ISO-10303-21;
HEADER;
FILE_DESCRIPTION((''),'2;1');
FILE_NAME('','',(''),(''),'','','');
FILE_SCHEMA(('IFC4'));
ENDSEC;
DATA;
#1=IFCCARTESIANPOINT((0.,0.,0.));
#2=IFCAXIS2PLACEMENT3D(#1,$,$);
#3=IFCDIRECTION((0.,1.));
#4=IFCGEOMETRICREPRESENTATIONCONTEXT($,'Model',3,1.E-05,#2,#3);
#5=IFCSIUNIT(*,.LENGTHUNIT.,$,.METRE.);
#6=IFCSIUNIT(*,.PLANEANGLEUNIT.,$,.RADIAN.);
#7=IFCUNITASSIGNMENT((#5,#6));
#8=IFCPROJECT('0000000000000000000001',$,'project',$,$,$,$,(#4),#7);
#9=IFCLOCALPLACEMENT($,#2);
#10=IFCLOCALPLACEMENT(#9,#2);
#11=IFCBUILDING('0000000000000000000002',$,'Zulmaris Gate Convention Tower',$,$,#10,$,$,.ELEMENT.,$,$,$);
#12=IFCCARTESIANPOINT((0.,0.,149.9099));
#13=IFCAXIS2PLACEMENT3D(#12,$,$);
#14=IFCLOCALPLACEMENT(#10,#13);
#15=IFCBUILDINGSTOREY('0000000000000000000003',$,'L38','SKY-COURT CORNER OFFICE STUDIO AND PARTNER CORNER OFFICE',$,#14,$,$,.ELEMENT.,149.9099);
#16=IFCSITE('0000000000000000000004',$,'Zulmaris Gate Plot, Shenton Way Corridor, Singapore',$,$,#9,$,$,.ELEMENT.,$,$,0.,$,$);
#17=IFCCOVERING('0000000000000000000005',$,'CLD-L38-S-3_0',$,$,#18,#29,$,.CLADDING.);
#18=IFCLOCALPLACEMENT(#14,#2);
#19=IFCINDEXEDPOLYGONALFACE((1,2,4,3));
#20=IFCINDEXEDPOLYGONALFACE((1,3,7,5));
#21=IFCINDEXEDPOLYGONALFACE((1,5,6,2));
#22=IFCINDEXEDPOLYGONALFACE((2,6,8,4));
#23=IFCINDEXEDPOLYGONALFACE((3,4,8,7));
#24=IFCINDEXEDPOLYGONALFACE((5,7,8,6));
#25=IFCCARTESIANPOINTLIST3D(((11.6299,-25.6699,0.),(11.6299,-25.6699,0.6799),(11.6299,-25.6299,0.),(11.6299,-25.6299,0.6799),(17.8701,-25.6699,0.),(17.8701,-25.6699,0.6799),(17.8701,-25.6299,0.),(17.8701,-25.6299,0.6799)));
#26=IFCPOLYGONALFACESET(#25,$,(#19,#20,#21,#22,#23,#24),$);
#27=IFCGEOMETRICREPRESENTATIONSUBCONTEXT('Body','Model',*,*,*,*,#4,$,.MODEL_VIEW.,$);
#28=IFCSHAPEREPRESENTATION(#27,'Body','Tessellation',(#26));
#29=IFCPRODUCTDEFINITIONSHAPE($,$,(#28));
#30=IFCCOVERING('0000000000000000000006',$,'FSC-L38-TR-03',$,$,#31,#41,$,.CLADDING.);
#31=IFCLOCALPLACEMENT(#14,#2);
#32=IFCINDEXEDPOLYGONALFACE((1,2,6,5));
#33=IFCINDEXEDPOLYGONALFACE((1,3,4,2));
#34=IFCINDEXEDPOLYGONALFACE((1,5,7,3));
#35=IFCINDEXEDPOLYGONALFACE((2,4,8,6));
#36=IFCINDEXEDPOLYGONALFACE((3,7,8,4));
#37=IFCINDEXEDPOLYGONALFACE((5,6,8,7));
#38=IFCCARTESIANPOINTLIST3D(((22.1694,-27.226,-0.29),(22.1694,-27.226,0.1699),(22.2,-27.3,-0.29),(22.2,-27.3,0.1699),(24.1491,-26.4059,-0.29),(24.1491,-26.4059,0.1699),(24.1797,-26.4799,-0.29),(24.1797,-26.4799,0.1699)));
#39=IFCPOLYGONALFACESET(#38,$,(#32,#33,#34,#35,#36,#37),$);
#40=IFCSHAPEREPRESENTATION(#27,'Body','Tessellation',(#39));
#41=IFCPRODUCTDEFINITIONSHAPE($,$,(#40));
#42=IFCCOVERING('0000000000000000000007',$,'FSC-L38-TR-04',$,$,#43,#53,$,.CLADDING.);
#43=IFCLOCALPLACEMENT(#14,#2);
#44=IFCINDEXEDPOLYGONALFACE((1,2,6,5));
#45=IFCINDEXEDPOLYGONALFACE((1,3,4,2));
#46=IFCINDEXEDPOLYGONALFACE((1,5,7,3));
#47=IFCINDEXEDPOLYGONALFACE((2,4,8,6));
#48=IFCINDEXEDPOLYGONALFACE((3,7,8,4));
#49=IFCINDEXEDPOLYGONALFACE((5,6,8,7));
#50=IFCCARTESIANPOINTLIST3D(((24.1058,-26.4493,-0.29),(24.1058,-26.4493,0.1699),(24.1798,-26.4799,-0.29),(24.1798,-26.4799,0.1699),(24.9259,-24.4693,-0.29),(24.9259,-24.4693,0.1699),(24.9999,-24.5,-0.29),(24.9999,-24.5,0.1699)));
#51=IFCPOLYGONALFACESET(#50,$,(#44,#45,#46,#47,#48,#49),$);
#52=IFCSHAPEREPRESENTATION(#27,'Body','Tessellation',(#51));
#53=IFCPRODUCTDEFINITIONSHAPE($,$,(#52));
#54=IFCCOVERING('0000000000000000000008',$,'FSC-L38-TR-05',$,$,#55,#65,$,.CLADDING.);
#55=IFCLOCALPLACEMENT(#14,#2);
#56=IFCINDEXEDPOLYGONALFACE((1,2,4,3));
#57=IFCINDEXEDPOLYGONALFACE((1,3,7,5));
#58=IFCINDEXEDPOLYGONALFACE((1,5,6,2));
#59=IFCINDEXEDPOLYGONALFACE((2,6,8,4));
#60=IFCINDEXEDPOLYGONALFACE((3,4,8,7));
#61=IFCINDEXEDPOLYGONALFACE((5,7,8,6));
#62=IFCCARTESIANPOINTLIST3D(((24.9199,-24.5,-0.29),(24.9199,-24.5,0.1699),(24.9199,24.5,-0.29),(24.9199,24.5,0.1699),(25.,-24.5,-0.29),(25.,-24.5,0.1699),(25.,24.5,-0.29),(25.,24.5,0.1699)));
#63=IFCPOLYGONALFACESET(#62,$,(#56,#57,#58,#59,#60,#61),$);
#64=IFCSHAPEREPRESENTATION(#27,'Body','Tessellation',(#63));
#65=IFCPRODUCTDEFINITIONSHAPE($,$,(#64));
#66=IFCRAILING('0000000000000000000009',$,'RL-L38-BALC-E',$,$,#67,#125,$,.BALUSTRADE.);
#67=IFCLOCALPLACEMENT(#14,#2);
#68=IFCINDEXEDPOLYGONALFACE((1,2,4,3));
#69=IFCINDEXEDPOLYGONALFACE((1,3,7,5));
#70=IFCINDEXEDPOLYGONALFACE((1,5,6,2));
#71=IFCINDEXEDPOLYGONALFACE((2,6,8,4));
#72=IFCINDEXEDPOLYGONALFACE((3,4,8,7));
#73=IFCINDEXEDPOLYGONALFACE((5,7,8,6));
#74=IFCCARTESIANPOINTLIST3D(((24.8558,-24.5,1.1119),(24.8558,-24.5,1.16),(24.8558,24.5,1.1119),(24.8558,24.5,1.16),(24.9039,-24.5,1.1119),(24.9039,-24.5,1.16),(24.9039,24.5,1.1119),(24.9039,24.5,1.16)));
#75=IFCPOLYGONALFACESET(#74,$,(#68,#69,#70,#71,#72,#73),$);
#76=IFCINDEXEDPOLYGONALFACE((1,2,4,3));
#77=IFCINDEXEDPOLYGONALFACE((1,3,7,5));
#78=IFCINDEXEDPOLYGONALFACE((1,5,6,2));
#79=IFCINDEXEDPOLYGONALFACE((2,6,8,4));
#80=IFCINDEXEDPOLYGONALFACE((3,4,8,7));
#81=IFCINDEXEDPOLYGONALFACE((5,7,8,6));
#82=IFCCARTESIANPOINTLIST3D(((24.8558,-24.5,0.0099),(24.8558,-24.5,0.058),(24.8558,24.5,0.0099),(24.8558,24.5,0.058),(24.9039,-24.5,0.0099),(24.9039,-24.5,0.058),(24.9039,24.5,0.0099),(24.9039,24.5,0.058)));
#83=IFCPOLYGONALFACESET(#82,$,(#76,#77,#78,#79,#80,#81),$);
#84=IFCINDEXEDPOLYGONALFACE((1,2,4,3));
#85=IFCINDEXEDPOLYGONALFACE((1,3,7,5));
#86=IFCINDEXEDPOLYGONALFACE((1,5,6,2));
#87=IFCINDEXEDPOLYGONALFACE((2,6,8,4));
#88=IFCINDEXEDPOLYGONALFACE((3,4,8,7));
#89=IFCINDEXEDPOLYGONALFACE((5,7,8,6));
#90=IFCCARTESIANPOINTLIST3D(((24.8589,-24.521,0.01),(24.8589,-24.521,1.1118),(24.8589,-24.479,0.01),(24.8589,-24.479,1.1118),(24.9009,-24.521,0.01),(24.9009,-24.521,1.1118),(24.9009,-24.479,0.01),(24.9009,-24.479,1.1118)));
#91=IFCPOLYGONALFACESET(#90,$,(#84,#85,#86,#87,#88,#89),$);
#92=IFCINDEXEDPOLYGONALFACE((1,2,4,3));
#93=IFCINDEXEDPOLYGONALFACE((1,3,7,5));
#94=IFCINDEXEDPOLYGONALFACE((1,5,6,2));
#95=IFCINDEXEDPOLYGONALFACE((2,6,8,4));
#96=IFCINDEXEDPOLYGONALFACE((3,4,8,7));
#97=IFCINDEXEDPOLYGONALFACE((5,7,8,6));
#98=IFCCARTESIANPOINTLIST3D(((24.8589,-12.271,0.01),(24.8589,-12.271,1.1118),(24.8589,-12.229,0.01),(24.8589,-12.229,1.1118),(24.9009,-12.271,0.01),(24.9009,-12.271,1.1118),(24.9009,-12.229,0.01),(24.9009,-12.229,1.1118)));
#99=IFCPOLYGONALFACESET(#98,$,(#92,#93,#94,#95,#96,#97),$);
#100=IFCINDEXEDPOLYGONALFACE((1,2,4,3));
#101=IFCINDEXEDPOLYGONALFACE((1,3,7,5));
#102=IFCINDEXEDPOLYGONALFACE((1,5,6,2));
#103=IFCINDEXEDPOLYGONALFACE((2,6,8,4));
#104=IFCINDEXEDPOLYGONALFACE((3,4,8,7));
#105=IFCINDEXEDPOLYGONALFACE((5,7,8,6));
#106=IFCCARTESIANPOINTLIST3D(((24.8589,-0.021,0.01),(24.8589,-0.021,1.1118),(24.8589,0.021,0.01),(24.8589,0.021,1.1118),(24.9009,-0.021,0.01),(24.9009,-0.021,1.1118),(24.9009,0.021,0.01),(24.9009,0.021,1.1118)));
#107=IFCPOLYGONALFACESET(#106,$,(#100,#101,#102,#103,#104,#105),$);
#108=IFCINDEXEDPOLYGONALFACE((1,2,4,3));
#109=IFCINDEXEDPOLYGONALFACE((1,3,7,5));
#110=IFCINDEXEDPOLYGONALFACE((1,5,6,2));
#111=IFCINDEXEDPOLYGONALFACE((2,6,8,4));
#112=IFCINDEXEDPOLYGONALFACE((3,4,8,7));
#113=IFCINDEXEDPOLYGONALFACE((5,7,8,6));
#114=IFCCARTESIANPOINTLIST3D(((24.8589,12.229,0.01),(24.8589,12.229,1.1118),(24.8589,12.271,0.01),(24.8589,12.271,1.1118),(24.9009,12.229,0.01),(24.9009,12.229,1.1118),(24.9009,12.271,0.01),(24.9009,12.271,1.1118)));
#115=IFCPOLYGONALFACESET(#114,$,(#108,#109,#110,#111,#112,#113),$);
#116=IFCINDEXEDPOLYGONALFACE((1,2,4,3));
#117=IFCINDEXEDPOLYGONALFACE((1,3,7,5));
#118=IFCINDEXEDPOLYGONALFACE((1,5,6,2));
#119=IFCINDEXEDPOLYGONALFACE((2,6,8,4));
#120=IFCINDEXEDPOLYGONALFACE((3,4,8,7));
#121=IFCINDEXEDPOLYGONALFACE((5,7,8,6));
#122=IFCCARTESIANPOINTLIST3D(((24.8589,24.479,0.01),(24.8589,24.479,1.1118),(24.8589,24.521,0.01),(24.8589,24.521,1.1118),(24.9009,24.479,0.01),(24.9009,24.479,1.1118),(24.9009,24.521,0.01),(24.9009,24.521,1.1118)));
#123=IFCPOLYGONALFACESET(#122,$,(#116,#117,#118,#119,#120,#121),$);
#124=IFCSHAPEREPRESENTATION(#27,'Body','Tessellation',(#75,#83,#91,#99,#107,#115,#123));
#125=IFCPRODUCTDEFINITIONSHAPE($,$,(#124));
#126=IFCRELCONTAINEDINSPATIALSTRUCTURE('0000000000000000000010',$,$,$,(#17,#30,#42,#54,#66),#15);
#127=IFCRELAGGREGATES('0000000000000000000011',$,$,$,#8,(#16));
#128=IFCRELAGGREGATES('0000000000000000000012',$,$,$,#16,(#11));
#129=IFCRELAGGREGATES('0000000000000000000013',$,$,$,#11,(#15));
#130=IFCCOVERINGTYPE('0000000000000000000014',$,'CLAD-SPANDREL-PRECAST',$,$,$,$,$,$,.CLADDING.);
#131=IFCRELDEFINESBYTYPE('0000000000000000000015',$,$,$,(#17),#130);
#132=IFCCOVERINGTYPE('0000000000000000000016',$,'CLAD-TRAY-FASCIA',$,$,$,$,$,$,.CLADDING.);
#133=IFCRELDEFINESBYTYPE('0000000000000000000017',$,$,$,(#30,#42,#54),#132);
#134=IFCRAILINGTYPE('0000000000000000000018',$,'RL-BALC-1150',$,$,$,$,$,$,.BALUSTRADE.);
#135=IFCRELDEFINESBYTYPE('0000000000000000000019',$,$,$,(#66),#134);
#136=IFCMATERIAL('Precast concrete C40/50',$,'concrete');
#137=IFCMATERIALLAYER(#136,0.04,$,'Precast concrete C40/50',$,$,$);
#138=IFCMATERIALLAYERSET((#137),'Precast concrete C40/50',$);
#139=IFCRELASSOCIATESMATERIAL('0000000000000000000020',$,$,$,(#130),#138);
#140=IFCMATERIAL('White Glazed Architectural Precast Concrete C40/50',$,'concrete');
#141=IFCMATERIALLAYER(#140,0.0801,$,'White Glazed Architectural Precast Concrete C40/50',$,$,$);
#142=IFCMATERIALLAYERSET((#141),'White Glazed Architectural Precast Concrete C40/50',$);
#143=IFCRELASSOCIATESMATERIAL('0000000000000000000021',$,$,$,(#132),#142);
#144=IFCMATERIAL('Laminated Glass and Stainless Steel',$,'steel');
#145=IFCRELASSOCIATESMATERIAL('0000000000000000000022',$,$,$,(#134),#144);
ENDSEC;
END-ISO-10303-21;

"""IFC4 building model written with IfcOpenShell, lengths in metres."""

from ifc_helpers import new_model, si_unit, direction, frame, frame_2d, origin, origin_2d, place, context, subcontext, project, spatial, rectangle, extrude, material, layer, layer_set, type_object, element, save


model = new_model("IFC4")

# Units and contexts
model_context = context("Model", 3, precision=1e-05, world=origin(), true_north=direction((0.0, 1.0)))
body_context = subcontext(model_context, "Body", "Model", "MODEL_VIEW")
ifc_project = project(units=[si_unit("LENGTHUNIT", "METRE"), si_unit("PLANEANGLEUNIT", "RADIAN")], contexts=[model_context])

# Site, building, storey
site_placement = place(None, origin())
site = spatial("IfcSite", under=ifc_project, at=site_placement, Name="Zulmaris Gate Plot, Shenton Way Corridor, Singapore", CompositionType="ELEMENT", RefElevation=0.0)
building_placement = place(site_placement, origin())
building = spatial("IfcBuilding", under=site, at=building_placement, Name="Zulmaris Gate Convention Tower", CompositionType="ELEMENT")
storey_placement = place(building_placement, frame((0.0, 0.0, 149.9099)))
storey = spatial("IfcBuildingStorey", under=building, at=storey_placement, Name="L38", Description="SKY-COURT CORNER OFFICE STUDIO AND PARTNER CORNER OFFICE", CompositionType="ELEMENT", Elevation=149.9099)

# Shared definitions
ifc_material_1 = material(Name="Precast concrete C40/50", Category="concrete")

# Coverings
ifc_layer_1 = layer(ifc_material_1, 0.04, Name="Precast concrete C40/50")
ifc_layer_set_1 = layer_set([ifc_layer_1], Name="Precast concrete C40/50")
covering_type_1 = type_object("IfcCoveringType", Name="CLAD-SPANDREL-PRECAST", PredefinedType="CLADDING", material=ifc_layer_set_1)
covering_1_placement = place(storey_placement, frame((11.6299, -25.6499, 0.0), z_axis=(0.0, 0.0, 1.0), x_axis=(1.0, 0.0, 0.0)))
element("IfcCovering", 1, at=covering_1_placement, inside=storey, type_object=covering_type_1, Name="CLD-L38-S-3_0", PredefinedType="CLADDING", context=body_context, shape_type="SweptSolid", body=[
    extrude(rectangle(XDim=6.2402, YDim=0.04, at=frame_2d((3.1201, 0.0))), origin(), (0.0, 0.0, 1.0), 0.6799),
])
ifc_material_2 = material(Name="White Glazed Architectural Precast Concrete C40/50", Category="concrete")
ifc_layer_2 = layer(ifc_material_2, 0.0801, Name="White Glazed Architectural Precast Concrete C40/50")
ifc_layer_set_2 = layer_set([ifc_layer_2], Name="White Glazed Architectural Precast Concrete C40/50")
covering_type_2 = type_object("IfcCoveringType", Name="CLAD-TRAY-FASCIA", PredefinedType="CLADDING", material=ifc_layer_set_2)
covering_2_placement = place(storey_placement, frame((22.1848, -27.2629, -0.29), z_axis=(0.0, 0.0, 1.0), x_axis=(0.923874, 0.382697, 0.0)))
element("IfcCovering", 2, at=covering_2_placement, inside=storey, type_object=covering_type_2, Name="FSC-L38-TR-03", PredefinedType="CLADDING", context=body_context, shape_type="SweptSolid", body=[
    extrude(rectangle(XDim=2.1428, YDim=0.0801, at=frame_2d((1.0713, 0.0))), origin(), (0.0, 0.0, 1.0), 0.46),
])
covering_3_placement = place(storey_placement, frame((24.1428, -26.4646, -0.29), z_axis=(0.0, 0.0, 1.0), x_axis=(0.382657, 0.92389, 0.0)))
element("IfcCovering", 3, at=covering_3_placement, inside=storey, type_object=covering_type_2, Name="FSC-L38-TR-04", PredefinedType="CLADDING", context=body_context, shape_type="SweptSolid", body=[
    extrude(rectangle(XDim=2.1431, YDim=0.0801, at=frame_2d((1.0715, 0.0))), origin(), (0.0, 0.0, 1.0), 0.46),
])
covering_4_placement = place(storey_placement, frame((24.96, -24.5, -0.29), z_axis=(0.0, 0.0, 1.0), x_axis=(0.0, 1.0, 0.0)))
element("IfcCovering", 4, at=covering_4_placement, inside=storey, type_object=covering_type_2, Name="FSC-L38-TR-05", PredefinedType="CLADDING", context=body_context, shape_type="SweptSolid", body=[
    extrude(rectangle(XDim=49.0, YDim=0.0801, at=frame_2d((24.5, 0.0))), origin(), (0.0, 0.0, 1.0), 0.46),
])

# Railing
ifc_material_3 = material(Name="Laminated Glass and Stainless Steel", Category="steel")
railing_type = type_object("IfcRailingType", Name="RL-BALC-1150", PredefinedType="BALUSTRADE", material=ifc_material_3)
railing_placement = place(storey_placement, frame((24.8799, -24.5, 0.01)))
element("IfcRailing", 5, at=railing_placement, inside=storey, type_object=railing_type, Name="RL-L38-BALC-E", PredefinedType="BALUSTRADE", context=body_context, shape_type="SweptSolid", body=[
    extrude(rectangle(XDim=0.0481, YDim=0.0481, at=origin_2d()), frame((0.0, 0.0, 1.126), z_axis=(0.0, 1.0, 0.0), x_axis=(-1.0, 0.0, 0.0)), (0.0, 0.0, 1.0), 49.0),
    extrude(rectangle(XDim=0.0481, YDim=0.0481, at=origin_2d()), frame((0.0, 0.0, 0.0239), z_axis=(0.0, 1.0, 0.0), x_axis=(-1.0, 0.0, 0.0)), (0.0, 0.0, 1.0), 49.0),
    extrude(rectangle(XDim=0.042, YDim=0.042, at=origin_2d()), origin(), (0.0, 0.0, 1.0), 1.1018),
    extrude(rectangle(XDim=0.042, YDim=0.042, at=origin_2d()), frame((0.0, 12.25, 0.0)), (0.0, 0.0, 1.0), 1.1018),
    extrude(rectangle(XDim=0.042, YDim=0.042, at=origin_2d()), frame((0.0, 24.5, 0.0)), (0.0, 0.0, 1.0), 1.1018),
    extrude(rectangle(XDim=0.042, YDim=0.042, at=origin_2d()), frame((0.0, 36.75, 0.0)), (0.0, 0.0, 1.0), 1.1018),
    extrude(rectangle(XDim=0.042, YDim=0.042, at=origin_2d()), frame((0.0, 49.0, 0.0)), (0.0, 0.0, 1.0), 1.1018),
])

save(model, "model.ifc")
